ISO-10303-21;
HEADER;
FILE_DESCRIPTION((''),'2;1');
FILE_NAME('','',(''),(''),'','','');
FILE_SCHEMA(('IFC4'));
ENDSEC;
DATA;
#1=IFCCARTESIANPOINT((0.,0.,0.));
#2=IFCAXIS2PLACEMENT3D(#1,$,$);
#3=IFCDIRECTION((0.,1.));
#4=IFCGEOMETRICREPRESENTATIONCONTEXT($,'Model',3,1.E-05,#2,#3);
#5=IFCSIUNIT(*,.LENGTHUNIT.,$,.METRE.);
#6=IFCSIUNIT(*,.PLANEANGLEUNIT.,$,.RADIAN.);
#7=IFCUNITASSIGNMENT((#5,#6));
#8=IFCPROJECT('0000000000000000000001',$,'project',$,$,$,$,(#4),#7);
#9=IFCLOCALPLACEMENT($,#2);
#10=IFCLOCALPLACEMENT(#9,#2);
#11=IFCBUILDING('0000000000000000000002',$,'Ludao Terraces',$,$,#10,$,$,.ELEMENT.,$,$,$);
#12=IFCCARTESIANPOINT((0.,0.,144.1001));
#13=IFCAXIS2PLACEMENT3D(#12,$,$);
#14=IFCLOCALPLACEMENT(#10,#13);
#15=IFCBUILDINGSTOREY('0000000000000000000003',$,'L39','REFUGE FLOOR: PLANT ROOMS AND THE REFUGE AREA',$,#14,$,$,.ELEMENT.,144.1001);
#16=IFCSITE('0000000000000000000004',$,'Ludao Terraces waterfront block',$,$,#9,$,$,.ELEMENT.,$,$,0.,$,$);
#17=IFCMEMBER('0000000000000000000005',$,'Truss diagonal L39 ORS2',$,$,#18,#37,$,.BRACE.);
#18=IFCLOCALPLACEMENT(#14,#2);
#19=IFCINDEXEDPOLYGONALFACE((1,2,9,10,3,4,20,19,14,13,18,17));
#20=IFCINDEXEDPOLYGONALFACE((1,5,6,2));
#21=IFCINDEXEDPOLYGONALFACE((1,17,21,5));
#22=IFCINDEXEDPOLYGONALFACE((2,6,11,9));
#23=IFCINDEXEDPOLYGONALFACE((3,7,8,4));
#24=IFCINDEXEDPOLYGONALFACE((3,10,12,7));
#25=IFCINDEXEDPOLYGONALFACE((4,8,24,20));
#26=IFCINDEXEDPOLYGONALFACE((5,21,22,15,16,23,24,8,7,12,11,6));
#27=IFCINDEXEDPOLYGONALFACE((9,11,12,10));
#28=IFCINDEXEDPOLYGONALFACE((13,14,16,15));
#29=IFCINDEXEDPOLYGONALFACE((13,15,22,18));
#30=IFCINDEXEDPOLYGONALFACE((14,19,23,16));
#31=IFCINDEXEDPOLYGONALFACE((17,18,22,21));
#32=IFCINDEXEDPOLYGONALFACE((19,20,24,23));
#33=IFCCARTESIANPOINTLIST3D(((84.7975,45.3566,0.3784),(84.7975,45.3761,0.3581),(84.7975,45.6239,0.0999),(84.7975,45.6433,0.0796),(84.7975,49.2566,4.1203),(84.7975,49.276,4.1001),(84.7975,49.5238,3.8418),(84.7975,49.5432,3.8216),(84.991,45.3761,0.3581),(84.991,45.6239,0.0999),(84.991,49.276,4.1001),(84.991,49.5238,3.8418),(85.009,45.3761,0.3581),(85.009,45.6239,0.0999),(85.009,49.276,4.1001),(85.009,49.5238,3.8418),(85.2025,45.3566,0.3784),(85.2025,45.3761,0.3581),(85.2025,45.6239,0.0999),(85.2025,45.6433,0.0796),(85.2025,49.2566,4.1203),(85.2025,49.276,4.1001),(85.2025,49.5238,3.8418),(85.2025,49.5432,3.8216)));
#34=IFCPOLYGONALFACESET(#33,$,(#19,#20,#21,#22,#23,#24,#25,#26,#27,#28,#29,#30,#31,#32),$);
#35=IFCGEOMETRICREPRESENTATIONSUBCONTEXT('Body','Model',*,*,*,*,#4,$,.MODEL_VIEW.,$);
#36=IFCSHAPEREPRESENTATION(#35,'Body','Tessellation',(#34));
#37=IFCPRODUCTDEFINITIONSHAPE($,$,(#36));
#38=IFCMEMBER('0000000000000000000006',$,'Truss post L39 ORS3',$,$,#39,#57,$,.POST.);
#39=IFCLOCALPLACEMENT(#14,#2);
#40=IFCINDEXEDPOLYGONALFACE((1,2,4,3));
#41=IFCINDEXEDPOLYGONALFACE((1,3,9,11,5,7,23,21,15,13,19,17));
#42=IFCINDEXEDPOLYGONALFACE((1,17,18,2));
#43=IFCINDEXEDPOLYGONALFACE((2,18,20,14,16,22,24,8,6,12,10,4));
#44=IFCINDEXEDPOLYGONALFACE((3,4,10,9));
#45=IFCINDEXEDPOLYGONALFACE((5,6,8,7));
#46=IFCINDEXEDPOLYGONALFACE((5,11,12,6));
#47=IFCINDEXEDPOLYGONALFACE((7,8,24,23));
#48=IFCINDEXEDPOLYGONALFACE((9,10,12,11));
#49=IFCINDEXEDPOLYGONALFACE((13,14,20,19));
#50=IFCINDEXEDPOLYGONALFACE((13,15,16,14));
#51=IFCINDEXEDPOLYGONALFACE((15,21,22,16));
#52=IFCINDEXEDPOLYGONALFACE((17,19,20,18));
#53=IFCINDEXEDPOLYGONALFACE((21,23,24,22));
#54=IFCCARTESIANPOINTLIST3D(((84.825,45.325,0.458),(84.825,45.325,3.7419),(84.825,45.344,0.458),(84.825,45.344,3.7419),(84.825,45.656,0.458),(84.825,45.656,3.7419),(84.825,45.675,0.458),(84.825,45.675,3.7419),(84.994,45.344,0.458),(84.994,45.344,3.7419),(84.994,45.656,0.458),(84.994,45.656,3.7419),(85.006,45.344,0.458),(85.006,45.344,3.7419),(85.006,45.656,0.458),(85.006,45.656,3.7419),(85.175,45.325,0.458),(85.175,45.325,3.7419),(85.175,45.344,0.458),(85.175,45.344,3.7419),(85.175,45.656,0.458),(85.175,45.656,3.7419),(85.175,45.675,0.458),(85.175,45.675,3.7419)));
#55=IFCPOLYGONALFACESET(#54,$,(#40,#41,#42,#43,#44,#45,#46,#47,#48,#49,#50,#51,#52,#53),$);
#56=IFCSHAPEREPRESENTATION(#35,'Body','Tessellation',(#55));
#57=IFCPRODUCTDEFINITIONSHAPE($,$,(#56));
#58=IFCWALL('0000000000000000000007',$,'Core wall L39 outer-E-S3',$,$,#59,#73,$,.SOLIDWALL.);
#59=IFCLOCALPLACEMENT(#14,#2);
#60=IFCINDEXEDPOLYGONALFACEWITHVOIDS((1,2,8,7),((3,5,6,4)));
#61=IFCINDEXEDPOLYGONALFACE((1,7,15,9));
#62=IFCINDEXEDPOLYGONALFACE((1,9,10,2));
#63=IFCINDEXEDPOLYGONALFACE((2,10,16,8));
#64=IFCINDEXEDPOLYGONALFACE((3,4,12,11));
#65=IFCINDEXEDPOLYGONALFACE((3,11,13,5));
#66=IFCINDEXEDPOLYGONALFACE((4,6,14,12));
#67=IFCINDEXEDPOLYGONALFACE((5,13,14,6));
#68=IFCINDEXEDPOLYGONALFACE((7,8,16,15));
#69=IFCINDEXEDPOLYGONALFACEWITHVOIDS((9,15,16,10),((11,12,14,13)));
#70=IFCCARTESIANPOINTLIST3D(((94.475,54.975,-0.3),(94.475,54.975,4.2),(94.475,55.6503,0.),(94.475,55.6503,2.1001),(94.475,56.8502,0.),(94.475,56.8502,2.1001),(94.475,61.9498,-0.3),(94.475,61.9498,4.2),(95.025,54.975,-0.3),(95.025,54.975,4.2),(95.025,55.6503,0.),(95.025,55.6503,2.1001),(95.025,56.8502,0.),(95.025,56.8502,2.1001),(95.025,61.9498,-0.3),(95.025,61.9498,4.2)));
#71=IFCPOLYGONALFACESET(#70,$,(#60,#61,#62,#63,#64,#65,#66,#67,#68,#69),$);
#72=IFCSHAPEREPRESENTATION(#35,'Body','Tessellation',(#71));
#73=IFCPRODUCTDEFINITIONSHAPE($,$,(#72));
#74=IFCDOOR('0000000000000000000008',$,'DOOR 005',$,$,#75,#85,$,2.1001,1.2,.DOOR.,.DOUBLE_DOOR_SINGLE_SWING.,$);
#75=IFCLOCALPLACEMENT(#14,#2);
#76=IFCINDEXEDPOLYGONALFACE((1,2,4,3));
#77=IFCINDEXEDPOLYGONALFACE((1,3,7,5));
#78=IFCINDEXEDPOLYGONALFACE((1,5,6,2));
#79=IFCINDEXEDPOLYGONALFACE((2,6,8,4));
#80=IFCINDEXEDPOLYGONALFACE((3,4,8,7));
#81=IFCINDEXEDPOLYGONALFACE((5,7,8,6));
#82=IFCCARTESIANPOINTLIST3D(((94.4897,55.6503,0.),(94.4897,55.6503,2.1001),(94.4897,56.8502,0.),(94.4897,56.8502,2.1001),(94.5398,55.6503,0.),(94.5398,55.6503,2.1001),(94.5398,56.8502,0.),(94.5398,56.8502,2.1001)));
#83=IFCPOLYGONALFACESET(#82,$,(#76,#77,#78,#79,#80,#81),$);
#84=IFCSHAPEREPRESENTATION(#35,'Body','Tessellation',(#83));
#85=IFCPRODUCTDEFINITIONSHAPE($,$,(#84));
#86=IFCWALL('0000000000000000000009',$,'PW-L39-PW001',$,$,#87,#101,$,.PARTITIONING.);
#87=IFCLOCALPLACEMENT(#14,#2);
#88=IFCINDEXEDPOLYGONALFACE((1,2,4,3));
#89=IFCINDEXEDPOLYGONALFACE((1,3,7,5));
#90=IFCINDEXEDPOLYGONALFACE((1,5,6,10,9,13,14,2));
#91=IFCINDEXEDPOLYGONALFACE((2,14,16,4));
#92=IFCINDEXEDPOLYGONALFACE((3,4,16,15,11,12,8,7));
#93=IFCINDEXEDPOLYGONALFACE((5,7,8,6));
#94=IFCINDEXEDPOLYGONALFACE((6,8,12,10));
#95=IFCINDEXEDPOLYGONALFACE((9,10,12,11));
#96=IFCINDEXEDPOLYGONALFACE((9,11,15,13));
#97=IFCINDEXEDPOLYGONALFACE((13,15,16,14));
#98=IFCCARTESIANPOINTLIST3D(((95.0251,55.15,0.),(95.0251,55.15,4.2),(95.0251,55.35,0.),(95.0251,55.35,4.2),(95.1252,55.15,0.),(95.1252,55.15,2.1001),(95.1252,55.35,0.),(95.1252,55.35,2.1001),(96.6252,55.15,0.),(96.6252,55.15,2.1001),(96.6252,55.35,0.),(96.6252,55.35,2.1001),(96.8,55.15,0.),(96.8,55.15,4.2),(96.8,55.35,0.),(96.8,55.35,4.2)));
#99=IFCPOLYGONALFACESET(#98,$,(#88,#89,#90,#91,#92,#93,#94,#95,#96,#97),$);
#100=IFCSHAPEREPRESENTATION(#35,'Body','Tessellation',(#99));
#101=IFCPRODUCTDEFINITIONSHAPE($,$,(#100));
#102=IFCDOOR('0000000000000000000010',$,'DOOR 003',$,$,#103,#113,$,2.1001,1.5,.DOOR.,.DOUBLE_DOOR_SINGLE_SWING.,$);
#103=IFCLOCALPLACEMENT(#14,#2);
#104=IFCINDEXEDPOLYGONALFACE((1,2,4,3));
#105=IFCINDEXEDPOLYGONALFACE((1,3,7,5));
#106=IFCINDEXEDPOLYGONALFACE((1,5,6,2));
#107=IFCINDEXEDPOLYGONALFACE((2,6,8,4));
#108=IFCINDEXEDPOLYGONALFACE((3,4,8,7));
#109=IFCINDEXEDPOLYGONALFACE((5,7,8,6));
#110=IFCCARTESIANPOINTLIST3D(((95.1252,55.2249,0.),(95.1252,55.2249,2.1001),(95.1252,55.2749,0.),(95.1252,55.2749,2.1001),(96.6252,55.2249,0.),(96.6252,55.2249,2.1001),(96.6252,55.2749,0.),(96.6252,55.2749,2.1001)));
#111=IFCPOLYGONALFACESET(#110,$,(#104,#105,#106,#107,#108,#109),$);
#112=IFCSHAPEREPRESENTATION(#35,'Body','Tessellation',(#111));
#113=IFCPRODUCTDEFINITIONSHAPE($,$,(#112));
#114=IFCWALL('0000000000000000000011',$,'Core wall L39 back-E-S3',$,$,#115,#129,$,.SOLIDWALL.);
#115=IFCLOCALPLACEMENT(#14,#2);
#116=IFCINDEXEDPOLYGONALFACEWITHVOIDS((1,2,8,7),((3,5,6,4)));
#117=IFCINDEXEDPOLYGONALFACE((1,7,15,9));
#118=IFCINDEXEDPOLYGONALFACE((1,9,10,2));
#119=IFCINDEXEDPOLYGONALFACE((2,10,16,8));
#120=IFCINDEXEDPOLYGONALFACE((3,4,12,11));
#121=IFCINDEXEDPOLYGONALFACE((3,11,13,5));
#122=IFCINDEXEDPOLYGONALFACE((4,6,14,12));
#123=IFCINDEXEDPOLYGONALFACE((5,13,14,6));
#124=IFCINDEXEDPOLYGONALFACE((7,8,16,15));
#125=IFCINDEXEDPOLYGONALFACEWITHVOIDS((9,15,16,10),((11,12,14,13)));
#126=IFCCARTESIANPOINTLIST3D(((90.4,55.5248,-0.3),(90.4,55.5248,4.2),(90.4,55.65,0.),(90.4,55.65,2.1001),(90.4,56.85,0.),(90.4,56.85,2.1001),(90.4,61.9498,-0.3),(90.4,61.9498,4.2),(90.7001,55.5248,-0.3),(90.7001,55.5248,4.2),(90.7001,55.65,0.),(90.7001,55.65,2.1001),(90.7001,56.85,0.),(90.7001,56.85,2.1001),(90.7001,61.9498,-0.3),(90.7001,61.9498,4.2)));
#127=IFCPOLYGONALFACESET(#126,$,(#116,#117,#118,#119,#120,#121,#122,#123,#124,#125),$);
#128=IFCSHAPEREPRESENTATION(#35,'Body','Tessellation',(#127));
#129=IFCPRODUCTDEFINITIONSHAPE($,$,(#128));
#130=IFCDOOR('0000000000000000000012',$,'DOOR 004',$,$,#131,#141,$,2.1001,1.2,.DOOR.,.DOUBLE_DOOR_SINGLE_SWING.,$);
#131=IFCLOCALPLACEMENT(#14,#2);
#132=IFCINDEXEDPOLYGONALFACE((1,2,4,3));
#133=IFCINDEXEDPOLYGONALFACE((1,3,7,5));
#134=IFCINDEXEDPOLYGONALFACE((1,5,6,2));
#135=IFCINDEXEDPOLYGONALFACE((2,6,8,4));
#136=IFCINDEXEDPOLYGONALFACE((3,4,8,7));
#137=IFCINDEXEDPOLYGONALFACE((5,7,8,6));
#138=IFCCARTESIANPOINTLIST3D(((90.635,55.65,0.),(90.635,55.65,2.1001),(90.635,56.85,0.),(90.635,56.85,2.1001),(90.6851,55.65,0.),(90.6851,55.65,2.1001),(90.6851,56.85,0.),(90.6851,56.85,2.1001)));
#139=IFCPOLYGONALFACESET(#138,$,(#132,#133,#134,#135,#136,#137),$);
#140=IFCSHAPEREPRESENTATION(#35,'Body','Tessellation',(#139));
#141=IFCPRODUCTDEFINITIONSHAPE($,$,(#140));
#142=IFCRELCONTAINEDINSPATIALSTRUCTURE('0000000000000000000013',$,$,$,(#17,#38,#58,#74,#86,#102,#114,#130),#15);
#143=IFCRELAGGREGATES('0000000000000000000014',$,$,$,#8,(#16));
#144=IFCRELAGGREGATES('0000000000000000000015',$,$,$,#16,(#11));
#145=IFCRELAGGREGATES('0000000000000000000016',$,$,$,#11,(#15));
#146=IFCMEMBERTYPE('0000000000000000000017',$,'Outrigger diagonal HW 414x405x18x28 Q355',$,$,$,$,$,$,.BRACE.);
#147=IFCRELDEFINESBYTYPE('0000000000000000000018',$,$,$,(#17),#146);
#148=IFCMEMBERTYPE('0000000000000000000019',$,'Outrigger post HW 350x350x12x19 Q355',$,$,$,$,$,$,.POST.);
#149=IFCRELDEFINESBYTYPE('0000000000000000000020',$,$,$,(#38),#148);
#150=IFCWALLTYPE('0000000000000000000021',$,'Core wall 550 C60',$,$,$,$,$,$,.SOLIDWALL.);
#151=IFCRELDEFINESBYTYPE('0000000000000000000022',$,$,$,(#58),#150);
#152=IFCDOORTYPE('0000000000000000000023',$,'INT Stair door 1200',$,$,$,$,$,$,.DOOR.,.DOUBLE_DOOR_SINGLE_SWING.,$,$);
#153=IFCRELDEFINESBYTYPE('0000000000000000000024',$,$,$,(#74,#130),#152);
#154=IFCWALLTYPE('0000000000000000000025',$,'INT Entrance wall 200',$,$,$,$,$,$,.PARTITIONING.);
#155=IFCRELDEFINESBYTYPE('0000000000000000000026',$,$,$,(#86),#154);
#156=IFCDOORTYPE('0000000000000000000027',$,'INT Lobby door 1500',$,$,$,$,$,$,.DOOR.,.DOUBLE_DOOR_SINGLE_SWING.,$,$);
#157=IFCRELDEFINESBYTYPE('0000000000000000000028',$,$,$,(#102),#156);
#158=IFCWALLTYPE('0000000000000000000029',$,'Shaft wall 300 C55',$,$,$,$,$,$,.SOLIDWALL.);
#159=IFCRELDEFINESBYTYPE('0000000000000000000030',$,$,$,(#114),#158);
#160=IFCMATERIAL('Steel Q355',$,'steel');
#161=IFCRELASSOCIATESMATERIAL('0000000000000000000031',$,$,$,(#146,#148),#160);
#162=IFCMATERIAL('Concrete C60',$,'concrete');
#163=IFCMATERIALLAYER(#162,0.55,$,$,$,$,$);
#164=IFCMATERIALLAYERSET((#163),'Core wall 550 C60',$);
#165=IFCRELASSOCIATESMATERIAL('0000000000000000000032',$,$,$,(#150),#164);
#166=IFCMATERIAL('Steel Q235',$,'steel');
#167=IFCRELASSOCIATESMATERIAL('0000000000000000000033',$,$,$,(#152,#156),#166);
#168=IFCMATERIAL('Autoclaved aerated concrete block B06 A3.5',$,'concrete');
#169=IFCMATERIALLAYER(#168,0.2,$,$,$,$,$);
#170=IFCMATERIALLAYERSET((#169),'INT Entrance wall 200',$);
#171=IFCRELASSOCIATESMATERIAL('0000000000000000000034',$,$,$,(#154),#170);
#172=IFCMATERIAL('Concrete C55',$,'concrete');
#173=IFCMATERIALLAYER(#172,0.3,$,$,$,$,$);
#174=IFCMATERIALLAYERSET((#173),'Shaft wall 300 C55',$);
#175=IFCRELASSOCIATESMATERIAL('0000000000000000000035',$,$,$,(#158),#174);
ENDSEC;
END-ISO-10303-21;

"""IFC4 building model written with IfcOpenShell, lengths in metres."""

from ifc_helpers import new_model, si_unit, direction, frame, frame_2d, origin, origin_2d, place, context, subcontext, project, spatial, rectangle, i_section, extrude, material, layer, layer_set, material_profile, profile_set, type_object, element, fill, save


model = new_model("IFC4")

# Units and contexts
model_context = context("Model", 3, precision=1e-05, world=origin(), true_north=direction((0.0, 1.0)))
body_context = subcontext(model_context, "Body", "Model", "MODEL_VIEW")
ifc_project = project(units=[si_unit("LENGTHUNIT", "METRE"), si_unit("PLANEANGLEUNIT", "RADIAN")], contexts=[model_context])

# Site, building, storey
site_placement = place(None, origin())
site = spatial("IfcSite", under=ifc_project, at=site_placement, Name="Ludao Terraces waterfront block", CompositionType="ELEMENT", RefElevation=0.0)
building_placement = place(site_placement, origin())
building = spatial("IfcBuilding", under=site, at=building_placement, Name="Ludao Terraces", CompositionType="ELEMENT")
storey_placement = place(building_placement, frame((0.0, 0.0, 144.1001)))
storey = spatial("IfcBuildingStorey", under=building, at=storey_placement, Name="L39", Description="REFUGE FLOOR: PLANT ROOMS AND THE REFUGE AREA", CompositionType="ELEMENT", Elevation=144.1001)

# Members
ifc_material_1 = material(Name="Steel Q355", Category="steel")
ifc_material_profile_1 = material_profile(ifc_material_1, i_section(OverallWidth=0.405, OverallDepth=0.4141, WebThickness=0.0181, FlangeThickness=0.0281, at=origin_2d()), Name="HW 414X405X18X28")
ifc_profile_set_1 = profile_set([ifc_material_profile_1], Name="Steel Q355")
member_type_1 = type_object("IfcMemberType", Name="Outrigger diagonal HW 414x405x18x28 Q355", PredefinedType="BRACE", material=ifc_profile_set_1)
member_1_placement = place(storey_placement, frame((85.0, 49.3999, 3.9709), z_axis=(0.0, -0.721569, -0.692343), x_axis=(1.0, 0.0, 0.0)))
element("IfcMember", 1, at=member_1_placement, inside=storey, type_object=member_type_1, Name="Truss diagonal L39 ORS2", PredefinedType="BRACE", context=body_context, shape_type="SweptSolid", body=[
    extrude(i_section(OverallWidth=0.405, OverallDepth=0.4141, WebThickness=0.0181, FlangeThickness=0.0281, at=origin_2d()), origin(), (0.0, 0.0, 1.0), 5.4048),
])
ifc_material_profile_2 = material_profile(ifc_material_1, i_section(OverallWidth=0.3501, OverallDepth=0.3501, WebThickness=0.012, FlangeThickness=0.019, at=origin_2d()), Name="HW 350X350X12X19")
ifc_profile_set_2 = profile_set([ifc_material_profile_2], Name="Steel Q355")
member_type_2 = type_object("IfcMemberType", Name="Outrigger post HW 350x350x12x19 Q355", PredefinedType="POST", material=ifc_profile_set_2)
member_2_placement = place(storey_placement, frame((85.0, 45.5, 0.458), z_axis=(0.0, 0.0, 1.0), x_axis=(1.0, 0.0, 0.0)))
element("IfcMember", 2, at=member_2_placement, inside=storey, type_object=member_type_2, Name="Truss post L39 ORS3", PredefinedType="POST", context=body_context, shape_type="SweptSolid", body=[
    extrude(i_section(OverallWidth=0.3501, OverallDepth=0.3501, WebThickness=0.012, FlangeThickness=0.019, at=origin_2d()), origin(), (0.0, 0.0, 1.0), 3.2839),
])

# Walls, openings, doors
ifc_material_2 = material(Name="Concrete C60", Category="concrete")
ifc_layer_1 = layer(ifc_material_2, 0.55)
ifc_layer_set_1 = layer_set([ifc_layer_1], Name="Core wall 550 C60")
wall_type_1 = type_object("IfcWallType", Name="Core wall 550 C60", PredefinedType="SOLIDWALL", material=ifc_layer_set_1)
wall_1_placement = place(storey_placement, frame((94.75, 54.9751, -0.3), z_axis=(0.0, 0.0, 1.0), x_axis=(0.0, 1.0, 0.0)))
wall_1 = element("IfcWall", 3, at=wall_1_placement, inside=storey, type_object=wall_type_1, Name="Core wall L39 outer-E-S3", PredefinedType="SOLIDWALL", context=body_context, shape_type="SweptSolid", body=[
    extrude(rectangle(XDim=6.9749, YDim=0.55, at=frame_2d((3.4873, 0.0))), origin(), (0.0, 0.0, 1.0), 4.5),
])
opening_1_placement = place(wall_1_placement, frame((0.675, 0.0, 0.3)))
opening_1 = element("IfcOpeningElement", 4, at=opening_1_placement, cuts=wall_1, PredefinedType="OPENING", context=body_context, shape_type="SweptSolid", body=[
    extrude(rectangle(XDim=1.2, YDim=2.1001, at=frame_2d((0.6001, 1.05))), frame((0.0, 0.2852, 0.0), z_axis=(0.0, -1.0, 0.0), x_axis=(1.0, 0.0, 0.0)), (0.0, 0.0, 1.0), 0.5701),
])
ifc_material_3 = material(Name="Steel Q235", Category="steel")
door_type_1 = type_object("IfcDoorType", Name="INT Stair door 1200", OperationType="DOUBLE_DOOR_SINGLE_SWING", PredefinedType="DOOR", material=ifc_material_3)
door_1_placement = place(opening_1_placement, origin())
door_1 = element("IfcDoor", 5, at=door_1_placement, inside=storey, type_object=door_type_1, Name="DOOR 005", OperationType="DOUBLE_DOOR_SINGLE_SWING", OverallHeight=2.1001, OverallWidth=1.2, PredefinedType="DOOR", context=body_context, shape_type="SweptSolid", body=[
    extrude(rectangle(XDim=1.2, YDim=2.1001, at=frame_2d((0.6001, 1.05))), frame((0.0, 0.2603, 0.0), z_axis=(0.0, -1.0, 0.0), x_axis=(1.0, 0.0, 0.0)), (0.0, 0.0, 1.0), 0.05),
])
fill(opening_1, door_1)
ifc_material_4 = material(Name="Autoclaved aerated concrete block B06 A3.5", Category="concrete")
ifc_layer_2 = layer(ifc_material_4, 0.2)
ifc_layer_set_2 = layer_set([ifc_layer_2], Name="INT Entrance wall 200")
wall_type_2 = type_object("IfcWallType", Name="INT Entrance wall 200", PredefinedType="PARTITIONING", material=ifc_layer_set_2)
wall_2_placement = place(storey_placement, frame((95.0251, 55.25, 0.0), z_axis=(0.0, 0.0, 1.0), x_axis=(1.0, 0.0, 0.0)))
wall_2 = element("IfcWall", 6, at=wall_2_placement, inside=storey, type_object=wall_type_2, Name="PW-L39-PW001", PredefinedType="PARTITIONING", context=body_context, shape_type="SweptSolid", body=[
    extrude(rectangle(XDim=1.7749, YDim=0.2, at=frame_2d((0.8875, 0.0))), origin(), (0.0, 0.0, 1.0), 4.2),
])
opening_2_placement = place(wall_2_placement, frame((0.1001, 0.0, 0.0)))
opening_2 = element("IfcOpeningElement", 7, at=opening_2_placement, cuts=wall_2, PredefinedType="OPENING", context=body_context, shape_type="SweptSolid", body=[
    extrude(rectangle(XDim=1.5, YDim=2.1001, at=frame_2d((0.75, 1.05))), frame((0.0, 0.1099, 0.0), z_axis=(0.0, -1.0, 0.0), x_axis=(1.0, 0.0, 0.0)), (0.0, 0.0, 1.0), 0.22),
])
door_type_2 = type_object("IfcDoorType", Name="INT Lobby door 1500", OperationType="DOUBLE_DOOR_SINGLE_SWING", PredefinedType="DOOR", material=ifc_material_3)
door_2_placement = place(opening_2_placement, origin())
door_2 = element("IfcDoor", 8, at=door_2_placement, inside=storey, type_object=door_type_2, Name="DOOR 003", OperationType="DOUBLE_DOOR_SINGLE_SWING", OverallHeight=2.1001, OverallWidth=1.5, PredefinedType="DOOR", context=body_context, shape_type="SweptSolid", body=[
    extrude(rectangle(XDim=1.5, YDim=2.1001, at=frame_2d((0.75, 1.05))), frame((0.0, 0.0249, 0.0), z_axis=(0.0, -1.0, 0.0), x_axis=(1.0, 0.0, 0.0)), (0.0, 0.0, 1.0), 0.05),
])
fill(opening_2, door_2)
ifc_material_5 = material(Name="Concrete C55", Category="concrete")
ifc_layer_3 = layer(ifc_material_5, 0.3)
ifc_layer_set_3 = layer_set([ifc_layer_3], Name="Shaft wall 300 C55")
wall_type_3 = type_object("IfcWallType", Name="Shaft wall 300 C55", PredefinedType="SOLIDWALL", material=ifc_layer_set_3)
wall_3_placement = place(storey_placement, frame((90.55, 55.5249, -0.3), z_axis=(0.0, 0.0, 1.0), x_axis=(0.0, 1.0, 0.0)))
wall_3 = element("IfcWall", 9, at=wall_3_placement, inside=storey, type_object=wall_type_3, Name="Core wall L39 back-E-S3", PredefinedType="SOLIDWALL", context=body_context, shape_type="SweptSolid", body=[
    extrude(rectangle(XDim=6.425, YDim=0.3, at=frame_2d((3.2124, 0.0))), origin(), (0.0, 0.0, 1.0), 4.5),
])
opening_3_placement = place(wall_3_placement, frame((0.125, 0.0, 0.3)))
opening_3 = element("IfcOpeningElement", 10, at=opening_3_placement, cuts=wall_3, PredefinedType="OPENING", context=body_context, shape_type="SweptSolid", body=[
    extrude(rectangle(XDim=1.2, YDim=2.1001, at=frame_2d((0.6001, 1.05))), frame((0.0, 0.1602, 0.0), z_axis=(0.0, -1.0, 0.0), x_axis=(1.0, 0.0, 0.0)), (0.0, 0.0, 1.0), 0.3201),
])
door_3_placement = place(opening_3_placement, origin())
door_3 = element("IfcDoor", 11, at=door_3_placement, inside=storey, type_object=door_type_1, Name="DOOR 004", OperationType="DOUBLE_DOOR_SINGLE_SWING", OverallHeight=2.1001, OverallWidth=1.2, PredefinedType="DOOR", context=body_context, shape_type="SweptSolid", body=[
    extrude(rectangle(XDim=1.2, YDim=2.1001, at=frame_2d((0.6001, 1.05))), frame((0.0, -0.085, 0.0), z_axis=(0.0, -1.0, 0.0), x_axis=(1.0, 0.0, 0.0)), (0.0, 0.0, 1.0), 0.05),
])
fill(opening_3, door_3)

save(model, "model.ifc")
